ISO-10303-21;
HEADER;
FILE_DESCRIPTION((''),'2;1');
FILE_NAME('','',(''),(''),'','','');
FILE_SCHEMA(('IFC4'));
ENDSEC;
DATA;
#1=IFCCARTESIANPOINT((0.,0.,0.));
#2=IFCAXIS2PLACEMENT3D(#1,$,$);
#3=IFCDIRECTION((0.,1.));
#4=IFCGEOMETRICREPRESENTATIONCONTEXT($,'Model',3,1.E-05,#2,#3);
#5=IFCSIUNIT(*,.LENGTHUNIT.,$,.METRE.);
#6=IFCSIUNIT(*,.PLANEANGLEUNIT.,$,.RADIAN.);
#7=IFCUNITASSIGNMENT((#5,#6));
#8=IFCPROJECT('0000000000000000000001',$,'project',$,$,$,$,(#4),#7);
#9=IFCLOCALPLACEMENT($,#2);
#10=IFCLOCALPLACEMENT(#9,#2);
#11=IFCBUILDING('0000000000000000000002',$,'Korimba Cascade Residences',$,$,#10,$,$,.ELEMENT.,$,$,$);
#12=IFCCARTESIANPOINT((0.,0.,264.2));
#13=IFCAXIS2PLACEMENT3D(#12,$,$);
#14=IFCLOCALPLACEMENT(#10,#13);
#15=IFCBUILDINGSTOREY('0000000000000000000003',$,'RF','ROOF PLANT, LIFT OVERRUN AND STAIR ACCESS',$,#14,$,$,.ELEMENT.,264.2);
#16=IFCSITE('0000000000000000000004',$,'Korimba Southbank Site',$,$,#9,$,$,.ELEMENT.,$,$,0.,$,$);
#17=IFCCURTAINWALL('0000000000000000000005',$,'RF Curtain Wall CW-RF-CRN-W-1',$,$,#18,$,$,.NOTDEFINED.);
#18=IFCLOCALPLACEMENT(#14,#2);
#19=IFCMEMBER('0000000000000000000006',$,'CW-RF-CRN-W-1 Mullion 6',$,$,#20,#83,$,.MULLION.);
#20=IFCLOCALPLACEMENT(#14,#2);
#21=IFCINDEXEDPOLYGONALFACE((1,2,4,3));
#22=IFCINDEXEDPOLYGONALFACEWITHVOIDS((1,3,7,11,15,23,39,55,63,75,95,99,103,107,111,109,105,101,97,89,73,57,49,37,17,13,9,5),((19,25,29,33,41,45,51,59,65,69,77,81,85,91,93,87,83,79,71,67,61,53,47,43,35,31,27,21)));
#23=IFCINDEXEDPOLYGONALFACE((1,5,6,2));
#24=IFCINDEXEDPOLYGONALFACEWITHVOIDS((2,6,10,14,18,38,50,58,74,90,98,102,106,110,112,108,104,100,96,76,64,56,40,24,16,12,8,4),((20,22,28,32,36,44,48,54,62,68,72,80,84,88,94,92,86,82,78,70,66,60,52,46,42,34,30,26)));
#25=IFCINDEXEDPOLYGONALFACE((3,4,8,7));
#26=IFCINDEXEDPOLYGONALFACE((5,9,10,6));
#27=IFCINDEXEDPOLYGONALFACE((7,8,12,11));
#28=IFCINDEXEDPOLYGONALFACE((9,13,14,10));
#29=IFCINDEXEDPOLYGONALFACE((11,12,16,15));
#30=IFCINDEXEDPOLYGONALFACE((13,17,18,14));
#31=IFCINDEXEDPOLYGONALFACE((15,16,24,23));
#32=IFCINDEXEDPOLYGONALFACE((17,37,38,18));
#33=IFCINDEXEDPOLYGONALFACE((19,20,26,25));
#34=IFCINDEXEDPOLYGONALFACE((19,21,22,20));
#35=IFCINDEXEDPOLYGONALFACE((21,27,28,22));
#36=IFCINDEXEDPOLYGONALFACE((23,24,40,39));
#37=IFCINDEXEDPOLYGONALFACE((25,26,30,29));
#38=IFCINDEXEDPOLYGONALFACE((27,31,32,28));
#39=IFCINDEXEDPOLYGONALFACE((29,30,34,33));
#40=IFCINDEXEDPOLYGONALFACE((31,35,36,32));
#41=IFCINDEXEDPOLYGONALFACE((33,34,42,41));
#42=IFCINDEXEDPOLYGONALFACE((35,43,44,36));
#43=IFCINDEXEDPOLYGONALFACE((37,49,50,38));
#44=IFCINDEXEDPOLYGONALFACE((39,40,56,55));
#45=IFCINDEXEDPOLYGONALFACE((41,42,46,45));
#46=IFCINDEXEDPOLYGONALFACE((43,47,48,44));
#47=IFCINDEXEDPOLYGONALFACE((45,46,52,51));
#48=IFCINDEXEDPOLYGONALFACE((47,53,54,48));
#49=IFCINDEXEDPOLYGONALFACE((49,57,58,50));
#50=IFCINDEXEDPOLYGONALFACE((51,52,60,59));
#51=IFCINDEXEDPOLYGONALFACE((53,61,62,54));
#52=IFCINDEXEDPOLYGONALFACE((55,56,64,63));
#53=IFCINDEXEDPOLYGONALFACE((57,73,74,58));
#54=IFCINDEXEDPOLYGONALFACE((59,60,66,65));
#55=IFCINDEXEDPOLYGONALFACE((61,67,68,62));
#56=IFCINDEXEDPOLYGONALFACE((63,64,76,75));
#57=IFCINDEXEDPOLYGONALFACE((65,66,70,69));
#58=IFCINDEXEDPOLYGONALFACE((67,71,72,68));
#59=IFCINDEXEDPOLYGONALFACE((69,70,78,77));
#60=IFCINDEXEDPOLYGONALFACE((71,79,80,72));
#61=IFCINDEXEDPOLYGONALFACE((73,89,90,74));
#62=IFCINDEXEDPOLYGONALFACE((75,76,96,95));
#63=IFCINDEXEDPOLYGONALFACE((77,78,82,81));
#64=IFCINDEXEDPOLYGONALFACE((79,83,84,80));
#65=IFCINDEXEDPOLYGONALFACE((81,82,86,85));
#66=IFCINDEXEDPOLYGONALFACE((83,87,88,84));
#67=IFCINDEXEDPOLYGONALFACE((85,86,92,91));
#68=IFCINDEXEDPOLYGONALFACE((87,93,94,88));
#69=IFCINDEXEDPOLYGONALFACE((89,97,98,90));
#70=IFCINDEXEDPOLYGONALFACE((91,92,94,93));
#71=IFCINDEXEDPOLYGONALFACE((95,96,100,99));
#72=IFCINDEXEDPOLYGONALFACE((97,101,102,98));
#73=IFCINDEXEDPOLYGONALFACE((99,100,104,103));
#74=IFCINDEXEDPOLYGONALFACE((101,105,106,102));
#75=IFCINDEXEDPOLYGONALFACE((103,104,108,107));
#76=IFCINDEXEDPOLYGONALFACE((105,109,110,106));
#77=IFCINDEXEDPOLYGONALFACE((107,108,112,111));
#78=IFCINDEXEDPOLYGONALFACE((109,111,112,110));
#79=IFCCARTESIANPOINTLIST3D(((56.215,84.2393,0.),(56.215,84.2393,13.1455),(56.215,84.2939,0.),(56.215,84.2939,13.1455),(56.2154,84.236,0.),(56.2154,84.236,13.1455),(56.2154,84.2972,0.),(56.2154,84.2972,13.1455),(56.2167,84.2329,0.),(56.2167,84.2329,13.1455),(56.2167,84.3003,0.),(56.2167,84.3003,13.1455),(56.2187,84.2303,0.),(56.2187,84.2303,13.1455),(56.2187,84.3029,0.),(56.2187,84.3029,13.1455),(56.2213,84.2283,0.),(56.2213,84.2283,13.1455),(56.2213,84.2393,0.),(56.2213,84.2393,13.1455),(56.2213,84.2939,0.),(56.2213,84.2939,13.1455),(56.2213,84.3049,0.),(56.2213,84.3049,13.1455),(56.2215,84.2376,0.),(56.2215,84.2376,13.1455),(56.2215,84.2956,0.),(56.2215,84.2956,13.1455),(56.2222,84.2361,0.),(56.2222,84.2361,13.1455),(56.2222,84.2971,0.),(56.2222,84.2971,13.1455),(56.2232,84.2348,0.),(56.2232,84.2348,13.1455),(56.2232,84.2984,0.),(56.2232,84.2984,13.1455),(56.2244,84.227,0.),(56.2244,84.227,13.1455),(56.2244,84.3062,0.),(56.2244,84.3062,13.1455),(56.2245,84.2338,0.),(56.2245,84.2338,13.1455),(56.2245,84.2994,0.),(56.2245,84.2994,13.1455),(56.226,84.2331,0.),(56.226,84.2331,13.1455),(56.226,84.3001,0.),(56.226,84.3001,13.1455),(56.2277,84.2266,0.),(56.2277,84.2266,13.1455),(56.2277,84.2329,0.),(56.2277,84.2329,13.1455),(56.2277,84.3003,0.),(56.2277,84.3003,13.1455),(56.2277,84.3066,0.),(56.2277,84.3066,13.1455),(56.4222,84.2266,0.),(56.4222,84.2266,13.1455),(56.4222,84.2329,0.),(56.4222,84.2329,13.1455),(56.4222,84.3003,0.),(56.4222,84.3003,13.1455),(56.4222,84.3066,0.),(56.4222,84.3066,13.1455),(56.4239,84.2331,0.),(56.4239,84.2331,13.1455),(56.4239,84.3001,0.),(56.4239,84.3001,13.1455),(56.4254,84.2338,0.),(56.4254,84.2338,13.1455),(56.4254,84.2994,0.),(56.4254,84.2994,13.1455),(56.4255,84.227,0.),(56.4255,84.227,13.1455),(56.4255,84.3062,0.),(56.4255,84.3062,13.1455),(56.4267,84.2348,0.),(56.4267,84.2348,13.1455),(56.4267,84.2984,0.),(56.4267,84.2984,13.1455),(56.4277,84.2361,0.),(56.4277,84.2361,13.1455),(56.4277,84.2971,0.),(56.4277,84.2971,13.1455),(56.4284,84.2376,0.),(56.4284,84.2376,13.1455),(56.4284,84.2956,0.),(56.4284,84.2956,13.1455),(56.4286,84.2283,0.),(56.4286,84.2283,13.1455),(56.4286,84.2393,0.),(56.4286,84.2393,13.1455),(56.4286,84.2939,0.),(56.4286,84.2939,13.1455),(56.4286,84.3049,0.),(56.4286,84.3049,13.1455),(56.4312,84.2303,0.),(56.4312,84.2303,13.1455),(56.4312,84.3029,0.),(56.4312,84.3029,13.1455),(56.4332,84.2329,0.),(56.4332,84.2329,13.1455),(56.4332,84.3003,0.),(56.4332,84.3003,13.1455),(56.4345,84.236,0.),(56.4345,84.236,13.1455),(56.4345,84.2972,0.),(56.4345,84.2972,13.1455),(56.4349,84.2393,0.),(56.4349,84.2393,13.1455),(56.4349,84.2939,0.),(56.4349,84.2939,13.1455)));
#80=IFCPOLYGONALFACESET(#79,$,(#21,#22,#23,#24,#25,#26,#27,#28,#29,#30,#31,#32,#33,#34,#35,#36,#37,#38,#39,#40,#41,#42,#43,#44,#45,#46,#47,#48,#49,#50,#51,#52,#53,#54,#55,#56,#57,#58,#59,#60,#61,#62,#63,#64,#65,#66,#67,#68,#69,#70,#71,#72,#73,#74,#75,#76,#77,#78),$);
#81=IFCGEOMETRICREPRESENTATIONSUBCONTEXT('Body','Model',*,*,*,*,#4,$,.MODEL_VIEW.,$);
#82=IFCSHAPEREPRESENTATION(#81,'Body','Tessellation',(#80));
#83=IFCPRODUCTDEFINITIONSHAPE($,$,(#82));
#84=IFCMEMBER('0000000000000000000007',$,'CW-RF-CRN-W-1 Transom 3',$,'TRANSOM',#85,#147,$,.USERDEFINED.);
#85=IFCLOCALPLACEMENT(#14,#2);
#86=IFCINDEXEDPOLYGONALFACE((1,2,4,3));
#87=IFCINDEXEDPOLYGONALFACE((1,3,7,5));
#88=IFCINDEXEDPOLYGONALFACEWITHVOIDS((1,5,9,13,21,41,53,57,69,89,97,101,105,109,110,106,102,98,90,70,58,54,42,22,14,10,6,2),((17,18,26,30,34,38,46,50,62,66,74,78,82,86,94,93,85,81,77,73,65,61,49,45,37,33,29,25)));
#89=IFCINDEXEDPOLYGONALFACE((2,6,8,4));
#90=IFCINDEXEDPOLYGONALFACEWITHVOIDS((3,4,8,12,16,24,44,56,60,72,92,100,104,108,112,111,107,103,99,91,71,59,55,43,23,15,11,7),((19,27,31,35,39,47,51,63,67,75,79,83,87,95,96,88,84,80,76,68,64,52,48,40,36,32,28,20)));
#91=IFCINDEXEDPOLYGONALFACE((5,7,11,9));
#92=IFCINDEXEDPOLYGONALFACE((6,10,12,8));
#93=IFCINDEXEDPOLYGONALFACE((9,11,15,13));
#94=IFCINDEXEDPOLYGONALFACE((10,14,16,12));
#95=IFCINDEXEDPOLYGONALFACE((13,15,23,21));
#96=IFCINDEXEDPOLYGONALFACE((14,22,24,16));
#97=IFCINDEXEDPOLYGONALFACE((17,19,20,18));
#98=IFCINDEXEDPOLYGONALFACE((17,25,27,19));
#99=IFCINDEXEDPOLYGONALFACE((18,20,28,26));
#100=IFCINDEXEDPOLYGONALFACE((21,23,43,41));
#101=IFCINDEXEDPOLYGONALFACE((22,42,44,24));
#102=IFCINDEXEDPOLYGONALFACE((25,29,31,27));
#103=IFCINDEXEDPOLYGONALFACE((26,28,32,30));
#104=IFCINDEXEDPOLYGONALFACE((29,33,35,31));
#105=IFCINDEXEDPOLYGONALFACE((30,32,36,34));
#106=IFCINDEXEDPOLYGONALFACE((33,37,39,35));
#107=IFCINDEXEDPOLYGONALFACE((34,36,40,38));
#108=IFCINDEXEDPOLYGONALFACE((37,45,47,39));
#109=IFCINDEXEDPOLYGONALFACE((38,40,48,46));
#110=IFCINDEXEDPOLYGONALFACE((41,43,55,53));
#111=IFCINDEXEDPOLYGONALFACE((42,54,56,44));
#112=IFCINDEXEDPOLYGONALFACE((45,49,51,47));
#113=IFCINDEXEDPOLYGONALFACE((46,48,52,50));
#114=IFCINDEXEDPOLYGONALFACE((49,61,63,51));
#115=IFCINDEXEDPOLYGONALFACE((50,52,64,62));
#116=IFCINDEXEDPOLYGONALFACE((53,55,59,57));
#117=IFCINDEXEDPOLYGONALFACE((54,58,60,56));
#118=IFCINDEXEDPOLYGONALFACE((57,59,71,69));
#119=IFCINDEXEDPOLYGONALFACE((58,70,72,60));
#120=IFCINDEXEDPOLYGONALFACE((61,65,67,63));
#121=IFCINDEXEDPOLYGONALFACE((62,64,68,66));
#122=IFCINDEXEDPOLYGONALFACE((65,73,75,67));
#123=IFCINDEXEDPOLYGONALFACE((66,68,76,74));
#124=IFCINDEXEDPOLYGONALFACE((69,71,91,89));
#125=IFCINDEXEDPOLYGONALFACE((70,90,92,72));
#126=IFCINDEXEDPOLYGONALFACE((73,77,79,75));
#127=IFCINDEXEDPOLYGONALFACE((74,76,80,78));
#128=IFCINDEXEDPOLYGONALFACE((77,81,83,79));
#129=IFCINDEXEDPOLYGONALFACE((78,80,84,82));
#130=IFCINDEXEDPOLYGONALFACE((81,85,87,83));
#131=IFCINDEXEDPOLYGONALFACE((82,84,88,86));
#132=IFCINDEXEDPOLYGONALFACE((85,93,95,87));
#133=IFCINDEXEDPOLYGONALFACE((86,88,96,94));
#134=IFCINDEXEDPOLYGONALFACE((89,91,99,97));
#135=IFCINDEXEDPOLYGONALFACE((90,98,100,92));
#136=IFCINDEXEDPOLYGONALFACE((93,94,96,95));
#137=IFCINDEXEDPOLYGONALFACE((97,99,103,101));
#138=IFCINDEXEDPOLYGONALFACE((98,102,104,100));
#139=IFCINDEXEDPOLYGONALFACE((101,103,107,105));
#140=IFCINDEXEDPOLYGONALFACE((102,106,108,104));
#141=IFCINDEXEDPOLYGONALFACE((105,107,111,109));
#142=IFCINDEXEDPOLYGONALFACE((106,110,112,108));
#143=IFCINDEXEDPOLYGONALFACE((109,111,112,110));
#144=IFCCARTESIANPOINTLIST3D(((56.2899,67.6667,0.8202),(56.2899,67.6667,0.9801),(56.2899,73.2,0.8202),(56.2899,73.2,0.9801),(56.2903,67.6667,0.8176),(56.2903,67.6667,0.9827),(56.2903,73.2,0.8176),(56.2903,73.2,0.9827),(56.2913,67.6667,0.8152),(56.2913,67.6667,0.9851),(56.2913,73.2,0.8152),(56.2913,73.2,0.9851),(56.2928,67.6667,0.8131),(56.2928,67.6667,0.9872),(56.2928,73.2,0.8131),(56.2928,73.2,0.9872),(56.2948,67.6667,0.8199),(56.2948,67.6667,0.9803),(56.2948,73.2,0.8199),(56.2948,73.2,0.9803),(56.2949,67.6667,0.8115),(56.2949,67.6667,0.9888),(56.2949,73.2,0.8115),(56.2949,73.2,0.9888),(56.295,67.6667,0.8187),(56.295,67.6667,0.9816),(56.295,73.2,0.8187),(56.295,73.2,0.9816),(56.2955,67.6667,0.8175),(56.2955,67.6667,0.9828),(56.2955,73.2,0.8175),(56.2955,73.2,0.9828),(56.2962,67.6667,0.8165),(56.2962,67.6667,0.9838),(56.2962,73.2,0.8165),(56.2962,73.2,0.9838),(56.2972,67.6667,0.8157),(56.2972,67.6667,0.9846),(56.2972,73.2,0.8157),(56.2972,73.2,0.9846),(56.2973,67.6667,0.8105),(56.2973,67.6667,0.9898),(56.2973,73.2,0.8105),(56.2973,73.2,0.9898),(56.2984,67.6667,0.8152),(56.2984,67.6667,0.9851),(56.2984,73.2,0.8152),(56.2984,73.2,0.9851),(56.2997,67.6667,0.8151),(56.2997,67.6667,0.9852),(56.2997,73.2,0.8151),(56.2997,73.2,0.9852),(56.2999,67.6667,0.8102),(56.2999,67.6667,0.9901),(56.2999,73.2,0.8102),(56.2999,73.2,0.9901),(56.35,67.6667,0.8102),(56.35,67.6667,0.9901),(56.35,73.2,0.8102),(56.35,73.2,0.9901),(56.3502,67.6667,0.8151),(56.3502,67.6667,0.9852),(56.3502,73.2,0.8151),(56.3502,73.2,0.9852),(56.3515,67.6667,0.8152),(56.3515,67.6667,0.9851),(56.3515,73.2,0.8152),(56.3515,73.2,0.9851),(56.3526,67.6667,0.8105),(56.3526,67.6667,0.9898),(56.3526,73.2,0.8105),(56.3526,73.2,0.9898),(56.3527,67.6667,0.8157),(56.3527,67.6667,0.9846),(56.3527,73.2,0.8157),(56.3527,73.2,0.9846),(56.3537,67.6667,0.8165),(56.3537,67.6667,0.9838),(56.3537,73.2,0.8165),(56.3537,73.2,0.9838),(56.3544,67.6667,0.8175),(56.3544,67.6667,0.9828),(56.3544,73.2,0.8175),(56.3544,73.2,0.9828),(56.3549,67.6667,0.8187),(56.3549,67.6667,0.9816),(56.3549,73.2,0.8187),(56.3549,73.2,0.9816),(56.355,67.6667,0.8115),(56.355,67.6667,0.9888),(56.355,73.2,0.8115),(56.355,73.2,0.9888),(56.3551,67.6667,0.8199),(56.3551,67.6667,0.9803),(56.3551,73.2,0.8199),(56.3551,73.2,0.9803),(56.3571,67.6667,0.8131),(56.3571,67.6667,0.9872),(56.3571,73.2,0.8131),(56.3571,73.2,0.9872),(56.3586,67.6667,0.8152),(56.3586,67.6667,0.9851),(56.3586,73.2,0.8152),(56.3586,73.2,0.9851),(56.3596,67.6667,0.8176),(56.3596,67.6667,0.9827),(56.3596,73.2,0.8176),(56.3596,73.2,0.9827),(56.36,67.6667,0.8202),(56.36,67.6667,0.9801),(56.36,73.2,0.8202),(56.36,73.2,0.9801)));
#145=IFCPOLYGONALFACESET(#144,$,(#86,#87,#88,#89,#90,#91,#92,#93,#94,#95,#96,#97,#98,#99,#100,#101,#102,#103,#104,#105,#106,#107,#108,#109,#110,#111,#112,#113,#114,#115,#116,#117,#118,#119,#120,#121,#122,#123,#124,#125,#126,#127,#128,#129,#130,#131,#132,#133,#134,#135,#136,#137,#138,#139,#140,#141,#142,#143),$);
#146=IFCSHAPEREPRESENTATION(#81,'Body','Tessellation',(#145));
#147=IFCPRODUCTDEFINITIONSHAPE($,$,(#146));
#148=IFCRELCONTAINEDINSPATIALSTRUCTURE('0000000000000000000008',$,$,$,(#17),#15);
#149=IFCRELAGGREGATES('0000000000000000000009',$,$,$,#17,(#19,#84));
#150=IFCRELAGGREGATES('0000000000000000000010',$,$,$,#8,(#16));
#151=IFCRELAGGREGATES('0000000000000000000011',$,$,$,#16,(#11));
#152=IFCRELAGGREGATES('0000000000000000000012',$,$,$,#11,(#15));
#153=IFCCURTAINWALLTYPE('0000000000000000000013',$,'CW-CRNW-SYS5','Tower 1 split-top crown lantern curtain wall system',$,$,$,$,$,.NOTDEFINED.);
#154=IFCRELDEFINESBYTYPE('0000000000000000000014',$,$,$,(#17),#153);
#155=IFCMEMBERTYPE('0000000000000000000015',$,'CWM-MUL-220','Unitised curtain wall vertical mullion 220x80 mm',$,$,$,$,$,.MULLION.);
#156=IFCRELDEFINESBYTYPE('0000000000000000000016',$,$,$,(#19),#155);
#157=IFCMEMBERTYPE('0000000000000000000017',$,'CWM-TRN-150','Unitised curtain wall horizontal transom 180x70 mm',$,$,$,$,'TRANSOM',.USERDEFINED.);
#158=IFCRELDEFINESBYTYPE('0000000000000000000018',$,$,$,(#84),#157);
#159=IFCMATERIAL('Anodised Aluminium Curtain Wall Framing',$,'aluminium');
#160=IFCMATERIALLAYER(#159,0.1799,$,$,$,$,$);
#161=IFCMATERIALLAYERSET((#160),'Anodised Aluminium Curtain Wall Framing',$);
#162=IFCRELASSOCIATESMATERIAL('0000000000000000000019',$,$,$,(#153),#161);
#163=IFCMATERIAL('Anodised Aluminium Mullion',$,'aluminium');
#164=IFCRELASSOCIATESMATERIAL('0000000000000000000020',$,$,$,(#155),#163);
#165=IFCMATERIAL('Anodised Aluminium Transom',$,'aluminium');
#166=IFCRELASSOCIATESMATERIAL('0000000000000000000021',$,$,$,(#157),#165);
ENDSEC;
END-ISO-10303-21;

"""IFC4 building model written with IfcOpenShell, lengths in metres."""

from ifc_helpers import new_model, si_unit, direction, frame, origin, origin_2d, place, context, subcontext, project, spatial, hollow_rectangle, extrude, material, layer, layer_set, material_profile, profile_set, type_object, element, aggregate, save


model = new_model("IFC4")

# Units and contexts
model_context = context("Model", 3, precision=1e-05, world=origin(), true_north=direction((0.0, 1.0)))
body_context = subcontext(model_context, "Body", "Model", "MODEL_VIEW")
ifc_project = project(units=[si_unit("LENGTHUNIT", "METRE"), si_unit("PLANEANGLEUNIT", "RADIAN")], contexts=[model_context])

# Site, building, storey
site_placement = place(None, origin())
site = spatial("IfcSite", under=ifc_project, at=site_placement, Name="Korimba Southbank Site", CompositionType="ELEMENT", RefElevation=0.0)
building_placement = place(site_placement, origin())
building = spatial("IfcBuilding", under=site, at=building_placement, Name="Korimba Cascade Residences", CompositionType="ELEMENT")
storey_placement = place(building_placement, frame((0.0, 0.0, 264.2)))
storey = spatial("IfcBuildingStorey", under=building, at=storey_placement, Name="RF", Description="ROOF PLANT, LIFT OVERRUN AND STAIR ACCESS", CompositionType="ELEMENT", Elevation=264.2)

# Curtain wall, members
ifc_material_1 = material(Name="Anodised Aluminium Curtain Wall Framing", Category="aluminium")
ifc_layer_1 = layer(ifc_material_1, 0.1799)
ifc_layer_set_1 = layer_set([ifc_layer_1], Name="Anodised Aluminium Curtain Wall Framing")
curtain_wall_type = type_object("IfcCurtainWallType", Name="CW-CRNW-SYS5", Description="Tower 1 split-top crown lantern curtain wall system", PredefinedType="NOTDEFINED", material=ifc_layer_set_1)
curtain_wall_placement = place(storey_placement, origin())
curtain_wall = element("IfcCurtainWall", 1, at=curtain_wall_placement, inside=storey, type_object=curtain_wall_type, Name="RF Curtain Wall CW-RF-CRN-W-1", PredefinedType="NOTDEFINED")
ifc_material_2 = material(Name="Anodised Aluminium Mullion", Category="aluminium")
ifc_material_profile_1 = material_profile(ifc_material_2, hollow_rectangle(XDim=0.0801, YDim=0.22, WallThickness=0.0063, InnerFilletRadius=0.0063, OuterFilletRadius=0.0127, at=origin_2d()), Name="Anodised Aluminium Mullion")
ifc_profile_set_1 = profile_set([ifc_material_profile_1], Name="Anodised Aluminium Mullion")
member_type_1 = type_object("IfcMemberType", Name="CWM-MUL-220", Description="Unitised curtain wall vertical mullion 220x80 mm", PredefinedType="MULLION", material=ifc_profile_set_1)
member_1_placement = place(storey_placement, frame((56.325, 84.2666, 0.0), z_axis=(0.0, 0.0, 1.0), x_axis=(0.0, 1.0, 0.0)))
member_1 = element("IfcMember", 2, at=member_1_placement, type_object=member_type_1, Name="CW-RF-CRN-W-1 Mullion 6", PredefinedType="MULLION", context=body_context, shape_type="SweptSolid", body=[
    extrude(hollow_rectangle(XDim=0.0801, YDim=0.22, WallThickness=0.0063, InnerFilletRadius=0.0063, OuterFilletRadius=0.0127, at=origin_2d()), origin(), (0.0, 0.0, 1.0), 13.1455),
])
ifc_material_3 = material(Name="Anodised Aluminium Transom", Category="aluminium")
ifc_material_profile_2 = material_profile(ifc_material_3, hollow_rectangle(XDim=0.0701, YDim=0.1799, WallThickness=0.0049, InnerFilletRadius=0.0049, OuterFilletRadius=0.01, at=origin_2d()), Name="Anodised Aluminium Transom")
ifc_profile_set_2 = profile_set([ifc_material_profile_2], Name="Anodised Aluminium Transom")
member_type_2 = type_object("IfcMemberType", Name="CWM-TRN-150", Description="Unitised curtain wall horizontal transom 180x70 mm", ElementType="TRANSOM", PredefinedType="USERDEFINED", material=ifc_profile_set_2)
member_2_placement = place(storey_placement, frame((56.325, 67.6667, 0.9001), z_axis=(0.0, 1.0, 0.0), x_axis=(-1.0, 0.0, 0.0)))
member_2 = element("IfcMember", 3, at=member_2_placement, type_object=member_type_2, Name="CW-RF-CRN-W-1 Transom 3", ObjectType="TRANSOM", PredefinedType="USERDEFINED", context=body_context, shape_type="SweptSolid", body=[
    extrude(hollow_rectangle(XDim=0.0701, YDim=0.1799, WallThickness=0.0049, InnerFilletRadius=0.0049, OuterFilletRadius=0.01, at=origin_2d()), origin(), (0.0, 0.0, 1.0), 5.5332),
])
aggregate(curtain_wall, [member_1, member_2])

save(model, "model.ifc")
